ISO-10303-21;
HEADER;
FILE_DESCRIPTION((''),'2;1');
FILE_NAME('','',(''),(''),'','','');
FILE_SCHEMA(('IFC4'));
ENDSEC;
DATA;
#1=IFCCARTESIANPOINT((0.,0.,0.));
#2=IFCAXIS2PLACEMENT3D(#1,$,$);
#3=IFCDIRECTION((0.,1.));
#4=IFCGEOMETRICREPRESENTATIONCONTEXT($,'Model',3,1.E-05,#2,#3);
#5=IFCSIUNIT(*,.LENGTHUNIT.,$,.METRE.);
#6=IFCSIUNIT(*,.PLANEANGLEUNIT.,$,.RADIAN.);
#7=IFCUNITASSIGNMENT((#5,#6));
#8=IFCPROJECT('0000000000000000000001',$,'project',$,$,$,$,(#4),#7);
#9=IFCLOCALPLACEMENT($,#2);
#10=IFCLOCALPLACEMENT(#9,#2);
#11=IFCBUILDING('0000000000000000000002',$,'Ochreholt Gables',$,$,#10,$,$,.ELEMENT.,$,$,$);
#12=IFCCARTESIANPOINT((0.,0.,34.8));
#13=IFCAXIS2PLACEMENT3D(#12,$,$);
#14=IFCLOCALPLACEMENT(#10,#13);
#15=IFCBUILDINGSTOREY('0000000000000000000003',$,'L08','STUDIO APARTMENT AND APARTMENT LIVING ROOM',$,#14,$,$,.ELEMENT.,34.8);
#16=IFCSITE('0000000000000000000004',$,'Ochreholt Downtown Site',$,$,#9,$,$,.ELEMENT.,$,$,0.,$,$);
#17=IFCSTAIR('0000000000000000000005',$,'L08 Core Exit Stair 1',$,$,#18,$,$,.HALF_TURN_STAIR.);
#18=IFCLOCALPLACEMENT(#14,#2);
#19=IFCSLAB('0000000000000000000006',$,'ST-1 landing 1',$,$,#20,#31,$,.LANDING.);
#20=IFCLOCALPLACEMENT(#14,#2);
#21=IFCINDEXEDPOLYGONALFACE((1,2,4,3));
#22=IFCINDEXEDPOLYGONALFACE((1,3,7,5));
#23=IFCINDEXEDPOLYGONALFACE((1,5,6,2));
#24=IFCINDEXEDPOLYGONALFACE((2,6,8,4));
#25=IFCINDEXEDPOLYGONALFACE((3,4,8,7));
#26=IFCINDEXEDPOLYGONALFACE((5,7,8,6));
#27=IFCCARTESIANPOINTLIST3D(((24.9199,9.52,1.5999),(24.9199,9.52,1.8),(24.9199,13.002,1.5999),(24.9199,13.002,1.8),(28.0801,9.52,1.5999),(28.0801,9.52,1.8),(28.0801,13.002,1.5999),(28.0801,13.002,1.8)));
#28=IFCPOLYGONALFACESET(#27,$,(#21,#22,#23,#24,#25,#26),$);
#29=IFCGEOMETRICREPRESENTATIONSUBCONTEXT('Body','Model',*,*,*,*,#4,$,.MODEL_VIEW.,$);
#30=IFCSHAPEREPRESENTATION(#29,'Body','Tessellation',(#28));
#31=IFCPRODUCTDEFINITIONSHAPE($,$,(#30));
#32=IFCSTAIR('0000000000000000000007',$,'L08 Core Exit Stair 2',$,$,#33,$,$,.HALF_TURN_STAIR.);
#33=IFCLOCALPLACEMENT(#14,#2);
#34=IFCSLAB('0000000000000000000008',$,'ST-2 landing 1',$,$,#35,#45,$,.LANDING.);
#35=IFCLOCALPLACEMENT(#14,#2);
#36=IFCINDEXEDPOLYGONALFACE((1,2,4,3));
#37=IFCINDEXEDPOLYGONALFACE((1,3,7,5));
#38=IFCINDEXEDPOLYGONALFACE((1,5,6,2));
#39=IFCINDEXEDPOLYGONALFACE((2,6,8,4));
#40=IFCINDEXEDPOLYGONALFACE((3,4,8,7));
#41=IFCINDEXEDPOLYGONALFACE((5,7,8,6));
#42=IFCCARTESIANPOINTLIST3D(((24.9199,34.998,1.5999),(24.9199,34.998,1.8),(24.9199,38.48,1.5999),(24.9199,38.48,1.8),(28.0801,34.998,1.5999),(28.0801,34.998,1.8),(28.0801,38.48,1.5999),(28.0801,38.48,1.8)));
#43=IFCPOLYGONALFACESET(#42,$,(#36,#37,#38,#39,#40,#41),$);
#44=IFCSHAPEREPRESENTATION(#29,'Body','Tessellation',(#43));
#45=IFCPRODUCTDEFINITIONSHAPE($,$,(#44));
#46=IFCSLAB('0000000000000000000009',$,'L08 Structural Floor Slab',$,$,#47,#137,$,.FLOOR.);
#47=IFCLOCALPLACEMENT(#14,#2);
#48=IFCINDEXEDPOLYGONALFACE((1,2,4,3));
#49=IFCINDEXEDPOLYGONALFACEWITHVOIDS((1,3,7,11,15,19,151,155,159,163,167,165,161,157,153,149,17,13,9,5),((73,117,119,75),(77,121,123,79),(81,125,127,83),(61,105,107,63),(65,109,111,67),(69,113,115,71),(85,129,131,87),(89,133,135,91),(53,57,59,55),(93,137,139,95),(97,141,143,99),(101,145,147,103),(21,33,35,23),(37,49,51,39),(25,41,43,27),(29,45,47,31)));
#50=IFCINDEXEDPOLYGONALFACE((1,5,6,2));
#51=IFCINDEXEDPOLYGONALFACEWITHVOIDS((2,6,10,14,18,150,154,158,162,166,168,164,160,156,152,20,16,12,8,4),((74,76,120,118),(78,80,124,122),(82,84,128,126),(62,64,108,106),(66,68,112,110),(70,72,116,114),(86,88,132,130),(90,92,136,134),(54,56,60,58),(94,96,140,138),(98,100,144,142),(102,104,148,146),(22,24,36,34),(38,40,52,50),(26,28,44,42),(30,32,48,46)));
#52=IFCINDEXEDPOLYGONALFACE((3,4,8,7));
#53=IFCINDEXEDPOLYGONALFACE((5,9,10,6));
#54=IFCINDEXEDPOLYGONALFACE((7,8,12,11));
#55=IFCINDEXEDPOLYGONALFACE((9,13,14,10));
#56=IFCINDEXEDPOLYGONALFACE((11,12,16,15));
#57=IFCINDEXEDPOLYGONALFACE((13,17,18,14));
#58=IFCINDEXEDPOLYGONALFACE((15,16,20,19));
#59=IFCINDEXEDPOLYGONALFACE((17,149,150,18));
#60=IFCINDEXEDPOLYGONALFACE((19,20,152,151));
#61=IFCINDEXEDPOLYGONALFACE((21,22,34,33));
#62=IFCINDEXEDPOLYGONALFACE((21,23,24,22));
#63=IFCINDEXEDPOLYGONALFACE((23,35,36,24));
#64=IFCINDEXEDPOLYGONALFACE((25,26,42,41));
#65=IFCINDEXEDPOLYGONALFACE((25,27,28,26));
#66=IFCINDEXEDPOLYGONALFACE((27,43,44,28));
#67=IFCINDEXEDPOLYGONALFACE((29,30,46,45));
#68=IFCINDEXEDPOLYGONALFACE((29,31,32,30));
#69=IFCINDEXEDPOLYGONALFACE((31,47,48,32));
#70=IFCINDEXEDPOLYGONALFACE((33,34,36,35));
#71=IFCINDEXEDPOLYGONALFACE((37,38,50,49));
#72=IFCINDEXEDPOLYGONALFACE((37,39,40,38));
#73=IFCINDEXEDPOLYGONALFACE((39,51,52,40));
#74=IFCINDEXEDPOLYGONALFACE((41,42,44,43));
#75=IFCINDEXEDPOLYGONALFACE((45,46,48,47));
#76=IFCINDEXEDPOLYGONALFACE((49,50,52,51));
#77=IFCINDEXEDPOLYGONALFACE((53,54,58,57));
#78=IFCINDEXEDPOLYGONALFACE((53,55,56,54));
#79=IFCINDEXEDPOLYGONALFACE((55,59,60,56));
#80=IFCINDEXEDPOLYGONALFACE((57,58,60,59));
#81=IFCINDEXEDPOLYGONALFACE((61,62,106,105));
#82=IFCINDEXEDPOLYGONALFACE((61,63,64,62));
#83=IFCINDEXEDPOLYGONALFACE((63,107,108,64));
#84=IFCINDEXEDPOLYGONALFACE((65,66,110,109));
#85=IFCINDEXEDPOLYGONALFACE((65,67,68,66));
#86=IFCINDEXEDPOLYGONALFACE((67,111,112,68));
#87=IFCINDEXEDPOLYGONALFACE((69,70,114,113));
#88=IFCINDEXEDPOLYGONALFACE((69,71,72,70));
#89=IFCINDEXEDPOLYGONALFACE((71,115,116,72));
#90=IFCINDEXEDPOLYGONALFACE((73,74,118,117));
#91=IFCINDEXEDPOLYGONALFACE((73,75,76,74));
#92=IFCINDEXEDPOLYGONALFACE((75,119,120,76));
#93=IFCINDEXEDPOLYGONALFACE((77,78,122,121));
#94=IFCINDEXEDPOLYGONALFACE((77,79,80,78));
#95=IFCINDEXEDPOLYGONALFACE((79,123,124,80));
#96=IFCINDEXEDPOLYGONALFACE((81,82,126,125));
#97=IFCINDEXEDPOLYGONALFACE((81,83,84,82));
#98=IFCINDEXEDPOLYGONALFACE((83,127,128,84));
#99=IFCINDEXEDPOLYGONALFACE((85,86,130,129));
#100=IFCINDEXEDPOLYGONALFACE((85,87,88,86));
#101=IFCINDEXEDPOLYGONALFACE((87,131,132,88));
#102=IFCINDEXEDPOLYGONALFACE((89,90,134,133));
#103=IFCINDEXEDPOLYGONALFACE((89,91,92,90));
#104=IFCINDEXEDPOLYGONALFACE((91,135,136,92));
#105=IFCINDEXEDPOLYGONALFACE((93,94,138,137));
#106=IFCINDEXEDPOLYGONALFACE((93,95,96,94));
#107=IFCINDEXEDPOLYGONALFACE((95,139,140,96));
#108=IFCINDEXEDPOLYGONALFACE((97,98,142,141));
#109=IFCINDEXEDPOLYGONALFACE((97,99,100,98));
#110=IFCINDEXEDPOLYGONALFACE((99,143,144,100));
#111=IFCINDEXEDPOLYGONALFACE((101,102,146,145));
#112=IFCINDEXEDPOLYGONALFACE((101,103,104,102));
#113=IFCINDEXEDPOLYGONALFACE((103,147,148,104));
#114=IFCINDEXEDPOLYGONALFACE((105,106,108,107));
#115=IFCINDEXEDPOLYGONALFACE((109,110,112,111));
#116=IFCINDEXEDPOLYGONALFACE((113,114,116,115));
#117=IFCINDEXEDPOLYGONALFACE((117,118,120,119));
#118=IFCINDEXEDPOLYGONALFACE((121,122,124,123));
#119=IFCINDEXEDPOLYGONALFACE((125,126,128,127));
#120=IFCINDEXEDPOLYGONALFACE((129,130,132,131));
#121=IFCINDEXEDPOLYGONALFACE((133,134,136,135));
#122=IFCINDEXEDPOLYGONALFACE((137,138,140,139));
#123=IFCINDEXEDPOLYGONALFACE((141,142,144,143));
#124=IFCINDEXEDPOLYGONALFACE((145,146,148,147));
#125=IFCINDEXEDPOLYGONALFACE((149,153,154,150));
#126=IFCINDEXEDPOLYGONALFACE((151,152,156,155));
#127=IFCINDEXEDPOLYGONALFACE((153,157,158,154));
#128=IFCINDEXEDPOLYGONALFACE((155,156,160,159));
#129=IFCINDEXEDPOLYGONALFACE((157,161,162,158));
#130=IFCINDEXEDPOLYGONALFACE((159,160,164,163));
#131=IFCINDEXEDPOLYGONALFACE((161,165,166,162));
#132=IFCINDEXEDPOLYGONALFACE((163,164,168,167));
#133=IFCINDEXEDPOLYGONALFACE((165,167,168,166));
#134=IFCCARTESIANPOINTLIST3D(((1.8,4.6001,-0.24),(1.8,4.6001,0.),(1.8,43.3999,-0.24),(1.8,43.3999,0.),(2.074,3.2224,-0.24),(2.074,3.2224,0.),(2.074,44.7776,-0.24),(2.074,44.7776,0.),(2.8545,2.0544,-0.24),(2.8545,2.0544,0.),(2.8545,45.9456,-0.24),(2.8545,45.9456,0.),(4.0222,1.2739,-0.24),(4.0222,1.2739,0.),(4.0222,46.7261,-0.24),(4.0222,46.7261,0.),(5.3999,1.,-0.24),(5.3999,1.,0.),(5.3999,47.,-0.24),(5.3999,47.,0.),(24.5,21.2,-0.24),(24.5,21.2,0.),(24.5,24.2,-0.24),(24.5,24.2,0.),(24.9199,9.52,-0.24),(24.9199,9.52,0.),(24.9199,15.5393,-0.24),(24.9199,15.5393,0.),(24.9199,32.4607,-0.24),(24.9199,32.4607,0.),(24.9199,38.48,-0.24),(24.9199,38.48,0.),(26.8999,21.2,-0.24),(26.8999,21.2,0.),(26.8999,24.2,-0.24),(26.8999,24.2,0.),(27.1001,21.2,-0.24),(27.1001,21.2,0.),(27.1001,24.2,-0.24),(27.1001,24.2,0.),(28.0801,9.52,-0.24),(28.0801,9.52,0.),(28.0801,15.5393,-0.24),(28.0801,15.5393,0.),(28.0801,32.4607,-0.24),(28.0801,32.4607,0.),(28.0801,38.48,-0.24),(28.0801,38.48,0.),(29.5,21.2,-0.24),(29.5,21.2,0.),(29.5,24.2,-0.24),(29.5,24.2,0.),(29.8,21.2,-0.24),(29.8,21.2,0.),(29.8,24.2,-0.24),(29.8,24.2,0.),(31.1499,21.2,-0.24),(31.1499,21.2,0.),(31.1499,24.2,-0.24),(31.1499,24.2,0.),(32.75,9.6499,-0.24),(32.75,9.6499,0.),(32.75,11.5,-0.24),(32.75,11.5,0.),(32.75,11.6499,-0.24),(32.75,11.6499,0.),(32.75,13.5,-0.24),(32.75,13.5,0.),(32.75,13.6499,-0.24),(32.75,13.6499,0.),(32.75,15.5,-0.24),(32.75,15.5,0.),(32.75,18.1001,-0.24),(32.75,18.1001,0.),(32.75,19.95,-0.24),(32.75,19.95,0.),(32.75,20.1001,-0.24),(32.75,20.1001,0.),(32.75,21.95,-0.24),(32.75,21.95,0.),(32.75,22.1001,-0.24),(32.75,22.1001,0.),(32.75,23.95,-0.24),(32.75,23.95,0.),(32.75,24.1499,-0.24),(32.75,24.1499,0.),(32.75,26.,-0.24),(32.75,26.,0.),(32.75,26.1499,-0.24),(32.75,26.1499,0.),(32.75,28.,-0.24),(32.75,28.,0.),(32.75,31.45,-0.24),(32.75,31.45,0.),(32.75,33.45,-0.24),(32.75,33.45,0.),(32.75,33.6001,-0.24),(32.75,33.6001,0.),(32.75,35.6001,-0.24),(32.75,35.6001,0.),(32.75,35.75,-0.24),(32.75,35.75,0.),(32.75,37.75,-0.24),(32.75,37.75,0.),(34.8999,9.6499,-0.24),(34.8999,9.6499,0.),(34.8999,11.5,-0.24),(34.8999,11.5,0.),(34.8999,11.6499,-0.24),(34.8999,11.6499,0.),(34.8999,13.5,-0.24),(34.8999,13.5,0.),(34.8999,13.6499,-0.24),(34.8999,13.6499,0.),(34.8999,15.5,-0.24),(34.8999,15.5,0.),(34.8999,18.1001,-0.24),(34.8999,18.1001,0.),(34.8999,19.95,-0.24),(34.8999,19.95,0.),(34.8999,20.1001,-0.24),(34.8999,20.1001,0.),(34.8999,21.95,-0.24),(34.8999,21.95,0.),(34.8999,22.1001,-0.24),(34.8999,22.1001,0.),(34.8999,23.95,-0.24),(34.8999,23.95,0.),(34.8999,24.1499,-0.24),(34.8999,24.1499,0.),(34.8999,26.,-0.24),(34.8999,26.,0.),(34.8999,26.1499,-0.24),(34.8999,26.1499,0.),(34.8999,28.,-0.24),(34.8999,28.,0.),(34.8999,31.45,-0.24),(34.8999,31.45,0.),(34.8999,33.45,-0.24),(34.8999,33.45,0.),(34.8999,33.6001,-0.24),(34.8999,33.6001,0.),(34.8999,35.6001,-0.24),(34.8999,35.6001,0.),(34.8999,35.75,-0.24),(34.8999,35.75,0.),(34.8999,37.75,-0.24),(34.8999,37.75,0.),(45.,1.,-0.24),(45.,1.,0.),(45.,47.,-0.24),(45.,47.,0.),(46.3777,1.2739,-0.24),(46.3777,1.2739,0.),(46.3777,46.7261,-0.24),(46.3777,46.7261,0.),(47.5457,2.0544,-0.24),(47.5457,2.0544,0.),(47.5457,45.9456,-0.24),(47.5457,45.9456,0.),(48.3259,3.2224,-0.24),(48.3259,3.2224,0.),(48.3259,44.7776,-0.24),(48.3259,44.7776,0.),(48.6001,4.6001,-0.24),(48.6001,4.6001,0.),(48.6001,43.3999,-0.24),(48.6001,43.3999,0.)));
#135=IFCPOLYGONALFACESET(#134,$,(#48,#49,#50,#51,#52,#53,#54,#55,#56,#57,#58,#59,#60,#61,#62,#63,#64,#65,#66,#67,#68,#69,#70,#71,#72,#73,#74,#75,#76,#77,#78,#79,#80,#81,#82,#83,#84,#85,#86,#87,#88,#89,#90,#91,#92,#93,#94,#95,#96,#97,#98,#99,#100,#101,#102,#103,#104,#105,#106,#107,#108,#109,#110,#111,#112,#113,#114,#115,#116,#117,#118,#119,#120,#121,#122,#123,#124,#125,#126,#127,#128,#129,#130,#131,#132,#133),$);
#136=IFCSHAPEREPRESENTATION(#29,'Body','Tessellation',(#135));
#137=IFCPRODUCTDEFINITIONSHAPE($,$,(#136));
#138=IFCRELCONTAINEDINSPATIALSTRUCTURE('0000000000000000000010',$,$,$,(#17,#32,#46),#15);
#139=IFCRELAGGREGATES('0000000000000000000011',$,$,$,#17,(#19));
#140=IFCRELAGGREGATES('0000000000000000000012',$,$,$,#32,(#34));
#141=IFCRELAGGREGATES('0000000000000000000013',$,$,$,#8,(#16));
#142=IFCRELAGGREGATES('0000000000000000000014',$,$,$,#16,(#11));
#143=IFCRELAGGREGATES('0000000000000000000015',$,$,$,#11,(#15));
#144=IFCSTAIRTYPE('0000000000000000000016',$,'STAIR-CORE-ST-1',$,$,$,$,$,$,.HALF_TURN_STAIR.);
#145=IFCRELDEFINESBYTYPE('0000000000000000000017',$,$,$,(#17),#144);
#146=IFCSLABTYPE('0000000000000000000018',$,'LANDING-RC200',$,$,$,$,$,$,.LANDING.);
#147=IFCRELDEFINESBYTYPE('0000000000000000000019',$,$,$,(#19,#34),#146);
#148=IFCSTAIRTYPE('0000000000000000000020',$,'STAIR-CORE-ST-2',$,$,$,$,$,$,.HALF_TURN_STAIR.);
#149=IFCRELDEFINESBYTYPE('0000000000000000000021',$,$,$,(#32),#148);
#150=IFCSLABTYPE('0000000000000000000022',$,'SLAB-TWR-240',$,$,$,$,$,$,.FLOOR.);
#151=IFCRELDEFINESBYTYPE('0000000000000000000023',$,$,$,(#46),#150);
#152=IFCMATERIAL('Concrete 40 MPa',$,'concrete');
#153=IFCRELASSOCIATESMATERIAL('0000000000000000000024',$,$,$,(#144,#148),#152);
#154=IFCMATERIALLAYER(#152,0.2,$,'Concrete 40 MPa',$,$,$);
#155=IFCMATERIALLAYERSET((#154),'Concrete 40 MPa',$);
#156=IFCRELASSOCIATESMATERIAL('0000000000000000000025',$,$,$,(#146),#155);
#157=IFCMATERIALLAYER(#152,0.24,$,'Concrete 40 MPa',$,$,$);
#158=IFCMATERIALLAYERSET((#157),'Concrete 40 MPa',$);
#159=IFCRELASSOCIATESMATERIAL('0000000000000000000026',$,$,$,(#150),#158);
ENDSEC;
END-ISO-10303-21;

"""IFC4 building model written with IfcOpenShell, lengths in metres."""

from ifc_helpers import new_model, si_unit, direction, frame, origin, place, context, subcontext, project, spatial, polyline, outline, extrude, material, layer, layer_set, type_object, element, aggregate, save


model = new_model("IFC4")

# Units and contexts
model_context = context("Model", 3, precision=1e-05, world=origin(), true_north=direction((0.0, 1.0)))
body_context = subcontext(model_context, "Body", "Model", "MODEL_VIEW")
ifc_project = project(units=[si_unit("LENGTHUNIT", "METRE"), si_unit("PLANEANGLEUNIT", "RADIAN")], contexts=[model_context])

# Site, building, storey
site_placement = place(None, origin())
site = spatial("IfcSite", under=ifc_project, at=site_placement, Name="Ochreholt Downtown Site", CompositionType="ELEMENT", RefElevation=0.0)
building_placement = place(site_placement, origin())
building = spatial("IfcBuilding", under=site, at=building_placement, Name="Ochreholt Gables", CompositionType="ELEMENT")
storey_placement = place(building_placement, frame((0.0, 0.0, 34.8)))
storey = spatial("IfcBuildingStorey", under=building, at=storey_placement, Name="L08", Description="STUDIO APARTMENT AND APARTMENT LIVING ROOM", CompositionType="ELEMENT", Elevation=34.8)

# Stairs, slabs
ifc_material_1 = material(Name="Concrete 40 MPa", Category="concrete")
stair_type_1 = type_object("IfcStairType", Name="STAIR-CORE-ST-1", PredefinedType="HALF_TURN_STAIR", material=ifc_material_1)
stair_1_placement = place(storey_placement, origin())
stair_1 = element("IfcStair", 1, at=stair_1_placement, inside=storey, type_object=stair_type_1, Name="L08 Core Exit Stair 1", PredefinedType="HALF_TURN_STAIR")
ifc_layer_1 = layer(ifc_material_1, 0.2, Name="Concrete 40 MPa")
ifc_layer_set_1 = layer_set([ifc_layer_1], Name="Concrete 40 MPa")
slab_type_1 = type_object("IfcSlabType", Name="LANDING-RC200", PredefinedType="LANDING", material=ifc_layer_set_1)
slab_1_placement = place(storey_placement, frame((0.0, 0.0, 1.5999)))
slab_1 = element("IfcSlab", 2, at=slab_1_placement, type_object=slab_type_1, Name="ST-1 landing 1", PredefinedType="LANDING", context=body_context, shape_type="SweptSolid", body=[
    extrude(outline(polyline([(24.9199, 13.002), (24.9199, 9.52), (28.0801, 9.52), (28.0801, 13.002), (24.9199, 13.002)])), origin(), (0.0, 0.0, 1.0), 0.2002),
])
aggregate(stair_1, [slab_1])
stair_type_2 = type_object("IfcStairType", Name="STAIR-CORE-ST-2", PredefinedType="HALF_TURN_STAIR", material=ifc_material_1)
stair_2_placement = place(storey_placement, origin())
stair_2 = element("IfcStair", 3, at=stair_2_placement, inside=storey, type_object=stair_type_2, Name="L08 Core Exit Stair 2", PredefinedType="HALF_TURN_STAIR")
slab_2_placement = place(storey_placement, frame((0.0, 0.0, 1.5999)))
slab_2 = element("IfcSlab", 4, at=slab_2_placement, type_object=slab_type_1, Name="ST-2 landing 1", PredefinedType="LANDING", context=body_context, shape_type="SweptSolid", body=[
    extrude(outline(polyline([(28.0801, 34.998), (28.0801, 38.48), (24.9199, 38.48), (24.9199, 34.998), (28.0801, 34.998)])), origin(), (0.0, 0.0, 1.0), 0.2002),
])
aggregate(stair_2, [slab_2])

# Slab
ifc_layer_2 = layer(ifc_material_1, 0.24, Name="Concrete 40 MPa")
ifc_layer_set_2 = layer_set([ifc_layer_2], Name="Concrete 40 MPa")
slab_type_2 = type_object("IfcSlabType", Name="SLAB-TWR-240", PredefinedType="FLOOR", material=ifc_layer_set_2)
slab_3_placement = place(storey_placement, frame((0.0, 0.0, -0.24)))
element("IfcSlab", 5, at=slab_3_placement, inside=storey, type_object=slab_type_2, Name="L08 Structural Floor Slab", PredefinedType="FLOOR", context=body_context, shape_type="SweptSolid", body=[
    extrude(outline(polyline([(1.8, 4.6001), (2.074, 3.2224), (2.8545, 2.0544), (4.0222, 1.2739), (5.3999, 1.0), (45.0, 1.0), (46.3777, 1.2739), (47.5457, 2.0544), (48.3259, 3.2224), (48.6001, 4.6001), (48.6001, 43.3999), (48.3259, 44.7776), (47.5457, 45.9456), (46.3777, 46.7261), (45.0, 47.0), (5.3999, 47.0), (4.0222, 46.7261), (2.8545, 45.9456), (2.074, 44.7776), (1.8, 43.3999), (1.8, 4.6001)]), holes=[polyline([(24.9199, 15.5393), (24.9199, 9.52), (28.0801, 9.52), (28.0801, 15.5393), (24.9199, 15.5393)]), polyline([(28.0801, 32.4607), (28.0801, 38.48), (24.9199, 38.48), (24.9199, 32.4607), (28.0801, 32.4607)]), polyline([(24.5, 21.2), (26.8999, 21.2), (26.8999, 24.2), (24.5, 24.2), (24.5, 21.2)]), polyline([(27.1001, 21.2), (29.5, 21.2), (29.5, 24.2), (27.1001, 24.2), (27.1001, 21.2)]), polyline([(32.75, 9.6499), (34.8999, 9.6499), (34.8999, 11.5), (32.75, 11.5), (32.75, 9.6499)]), polyline([(32.75, 11.6499), (34.8999, 11.6499), (34.8999, 13.5), (32.75, 13.5), (32.75, 11.6499)]), polyline([(32.75, 13.6499), (34.8999, 13.6499), (34.8999, 15.5), (32.75, 15.5), (32.75, 13.6499)]), polyline([(32.75, 18.1001), (34.8999, 18.1001), (34.8999, 19.95), (32.75, 19.95), (32.75, 18.1001)]), polyline([(32.75, 20.1001), (34.8999, 20.1001), (34.8999, 21.95), (32.75, 21.95), (32.75, 20.1001)]), polyline([(32.75, 22.1001), (34.8999, 22.1001), (34.8999, 23.95), (32.75, 23.95), (32.75, 22.1001)]), polyline([(32.75, 24.1499), (34.8999, 24.1499), (34.8999, 26.0), (32.75, 26.0), (32.75, 24.1499)]), polyline([(32.75, 26.1499), (34.8999, 26.1499), (34.8999, 28.0), (32.75, 28.0), (32.75, 26.1499)]), polyline([(32.75, 31.45), (34.8999, 31.45), (34.8999, 33.45), (32.75, 33.45), (32.75, 31.45)]), polyline([(32.75, 33.6001), (34.8999, 33.6001), (34.8999, 35.6001), (32.75, 35.6001), (32.75, 33.6001)]), polyline([(32.75, 35.75), (34.8999, 35.75), (34.8999, 37.75), (32.75, 37.75), (32.75, 35.75)]), polyline([(29.8, 21.2), (31.1499, 21.2), (31.1499, 24.2), (29.8, 24.2), (29.8, 21.2)])]), origin(), (0.0, 0.0, 1.0), 0.24),
])

save(model, "model.ifc")
